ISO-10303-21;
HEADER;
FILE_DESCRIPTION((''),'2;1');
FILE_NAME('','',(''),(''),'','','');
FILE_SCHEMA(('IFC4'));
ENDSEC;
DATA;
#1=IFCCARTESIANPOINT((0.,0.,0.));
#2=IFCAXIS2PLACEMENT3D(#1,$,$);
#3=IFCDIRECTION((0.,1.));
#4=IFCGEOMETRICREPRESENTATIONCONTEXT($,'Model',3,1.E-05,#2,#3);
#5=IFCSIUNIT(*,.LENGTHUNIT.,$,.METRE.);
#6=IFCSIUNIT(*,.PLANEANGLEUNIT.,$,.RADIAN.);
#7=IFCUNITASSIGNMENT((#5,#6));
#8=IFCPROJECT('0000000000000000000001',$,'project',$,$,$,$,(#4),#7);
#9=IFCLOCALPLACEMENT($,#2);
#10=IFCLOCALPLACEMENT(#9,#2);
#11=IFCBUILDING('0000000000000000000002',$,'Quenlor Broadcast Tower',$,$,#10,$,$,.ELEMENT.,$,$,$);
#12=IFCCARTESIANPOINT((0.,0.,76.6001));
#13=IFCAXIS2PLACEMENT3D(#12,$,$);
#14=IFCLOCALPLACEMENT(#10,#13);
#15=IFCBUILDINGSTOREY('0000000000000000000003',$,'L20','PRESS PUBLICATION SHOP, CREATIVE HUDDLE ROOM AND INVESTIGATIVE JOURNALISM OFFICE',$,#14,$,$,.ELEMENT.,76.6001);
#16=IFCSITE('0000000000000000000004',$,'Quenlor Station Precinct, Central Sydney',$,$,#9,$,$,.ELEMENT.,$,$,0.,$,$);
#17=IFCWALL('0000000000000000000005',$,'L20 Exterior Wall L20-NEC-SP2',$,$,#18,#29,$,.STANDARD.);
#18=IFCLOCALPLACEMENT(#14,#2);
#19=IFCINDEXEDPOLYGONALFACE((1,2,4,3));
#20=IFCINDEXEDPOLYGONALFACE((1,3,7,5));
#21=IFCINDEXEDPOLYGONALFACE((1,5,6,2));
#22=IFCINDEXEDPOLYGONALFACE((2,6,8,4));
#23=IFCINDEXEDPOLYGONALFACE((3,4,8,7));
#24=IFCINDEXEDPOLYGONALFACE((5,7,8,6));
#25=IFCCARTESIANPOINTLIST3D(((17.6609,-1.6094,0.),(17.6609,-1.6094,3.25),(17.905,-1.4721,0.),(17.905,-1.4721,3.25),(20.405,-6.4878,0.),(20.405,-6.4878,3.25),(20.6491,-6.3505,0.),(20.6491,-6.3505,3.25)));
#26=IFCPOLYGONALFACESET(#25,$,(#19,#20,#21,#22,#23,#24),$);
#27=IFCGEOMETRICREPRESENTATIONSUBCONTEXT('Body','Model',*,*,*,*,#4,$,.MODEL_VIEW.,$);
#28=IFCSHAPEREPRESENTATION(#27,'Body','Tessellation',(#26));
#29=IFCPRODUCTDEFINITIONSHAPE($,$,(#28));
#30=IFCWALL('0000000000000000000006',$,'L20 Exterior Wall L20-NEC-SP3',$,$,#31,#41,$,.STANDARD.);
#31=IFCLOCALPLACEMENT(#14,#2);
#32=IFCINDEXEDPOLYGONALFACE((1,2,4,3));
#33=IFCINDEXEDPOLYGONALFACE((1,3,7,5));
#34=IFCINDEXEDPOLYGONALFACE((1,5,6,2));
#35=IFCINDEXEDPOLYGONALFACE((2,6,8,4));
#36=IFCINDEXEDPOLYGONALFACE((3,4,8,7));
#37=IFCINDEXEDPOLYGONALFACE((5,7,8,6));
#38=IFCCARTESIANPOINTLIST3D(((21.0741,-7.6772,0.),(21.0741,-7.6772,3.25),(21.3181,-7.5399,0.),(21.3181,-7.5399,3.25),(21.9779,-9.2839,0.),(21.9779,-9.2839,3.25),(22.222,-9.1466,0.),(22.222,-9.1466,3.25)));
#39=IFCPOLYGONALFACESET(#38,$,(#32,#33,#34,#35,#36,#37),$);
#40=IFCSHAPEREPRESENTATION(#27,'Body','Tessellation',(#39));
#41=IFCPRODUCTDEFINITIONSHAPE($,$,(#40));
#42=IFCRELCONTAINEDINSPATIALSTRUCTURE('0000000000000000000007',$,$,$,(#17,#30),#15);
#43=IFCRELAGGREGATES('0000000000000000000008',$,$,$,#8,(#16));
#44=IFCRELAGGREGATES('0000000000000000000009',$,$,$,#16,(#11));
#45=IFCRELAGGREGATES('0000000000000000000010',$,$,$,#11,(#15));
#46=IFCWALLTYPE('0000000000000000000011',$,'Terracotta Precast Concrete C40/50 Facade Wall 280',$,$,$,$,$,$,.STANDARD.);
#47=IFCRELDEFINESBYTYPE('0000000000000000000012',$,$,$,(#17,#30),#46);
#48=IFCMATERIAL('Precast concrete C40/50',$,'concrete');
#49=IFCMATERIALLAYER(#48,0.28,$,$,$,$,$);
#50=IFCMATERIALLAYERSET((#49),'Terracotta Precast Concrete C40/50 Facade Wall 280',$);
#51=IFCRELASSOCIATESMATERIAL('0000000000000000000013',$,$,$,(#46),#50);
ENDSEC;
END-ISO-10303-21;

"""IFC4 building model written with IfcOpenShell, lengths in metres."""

from ifc_helpers import new_model, si_unit, direction, frame, frame_2d, origin, place, context, subcontext, project, spatial, rectangle, extrude, material, layer, layer_set, type_object, element, save


model = new_model("IFC4")

# Units and contexts
model_context = context("Model", 3, precision=1e-05, world=origin(), true_north=direction((0.0, 1.0)))
body_context = subcontext(model_context, "Body", "Model", "MODEL_VIEW")
ifc_project = project(units=[si_unit("LENGTHUNIT", "METRE"), si_unit("PLANEANGLEUNIT", "RADIAN")], contexts=[model_context])

# Site, building, storey
site_placement = place(None, origin())
site = spatial("IfcSite", under=ifc_project, at=site_placement, Name="Quenlor Station Precinct, Central Sydney", CompositionType="ELEMENT", RefElevation=0.0)
building_placement = place(site_placement, origin())
building = spatial("IfcBuilding", under=site, at=building_placement, Name="Quenlor Broadcast Tower", CompositionType="ELEMENT")
storey_placement = place(building_placement, frame((0.0, 0.0, 76.6001)))
storey = spatial("IfcBuildingStorey", under=building, at=storey_placement, Name="L20", Description="PRESS PUBLICATION SHOP, CREATIVE HUDDLE ROOM AND INVESTIGATIVE JOURNALISM OFFICE", CompositionType="ELEMENT", Elevation=76.6001)

# Walls
ifc_material_1 = material(Name="Precast concrete C40/50", Category="concrete")
ifc_layer_1 = layer(ifc_material_1, 0.28)
ifc_layer_set_1 = layer_set([ifc_layer_1], Name="Terracotta Precast Concrete C40/50 Facade Wall 280")
wall_type_1 = type_object("IfcWallType", Name="Terracotta Precast Concrete C40/50 Facade Wall 280", PredefinedType="STANDARD", material=ifc_layer_set_1)
wall_1_placement = place(storey_placement, frame((17.783, -1.5408, 0.0), z_axis=(0.0, 0.0, 1.0), x_axis=(0.490265, -0.871573, 0.0)))
element("IfcWall", 1, at=wall_1_placement, inside=storey, type_object=wall_type_1, Name="L20 Exterior Wall L20-NEC-SP2", PredefinedType="STANDARD", context=body_context, shape_type="SweptSolid", body=[
    extrude(rectangle(XDim=5.5972, YDim=0.28, at=frame_2d((2.7986, 0.0))), origin(), (0.0, 0.0, 1.0), 3.25),
])
wall_2_placement = place(storey_placement, frame((21.196, -7.6084, 0.0), z_axis=(0.0, 0.0, 1.0), x_axis=(0.49028, -0.871565, 0.0)))
element("IfcWall", 2, at=wall_2_placement, inside=storey, type_object=wall_type_1, Name="L20 Exterior Wall L20-NEC-SP3", PredefinedType="STANDARD", context=body_context, shape_type="SweptSolid", body=[
    extrude(rectangle(XDim=1.8435, YDim=0.28, at=frame_2d((0.9219, 0.0))), origin(), (0.0, 0.0, 1.0), 3.25),
])

save(model, "model.ifc")
